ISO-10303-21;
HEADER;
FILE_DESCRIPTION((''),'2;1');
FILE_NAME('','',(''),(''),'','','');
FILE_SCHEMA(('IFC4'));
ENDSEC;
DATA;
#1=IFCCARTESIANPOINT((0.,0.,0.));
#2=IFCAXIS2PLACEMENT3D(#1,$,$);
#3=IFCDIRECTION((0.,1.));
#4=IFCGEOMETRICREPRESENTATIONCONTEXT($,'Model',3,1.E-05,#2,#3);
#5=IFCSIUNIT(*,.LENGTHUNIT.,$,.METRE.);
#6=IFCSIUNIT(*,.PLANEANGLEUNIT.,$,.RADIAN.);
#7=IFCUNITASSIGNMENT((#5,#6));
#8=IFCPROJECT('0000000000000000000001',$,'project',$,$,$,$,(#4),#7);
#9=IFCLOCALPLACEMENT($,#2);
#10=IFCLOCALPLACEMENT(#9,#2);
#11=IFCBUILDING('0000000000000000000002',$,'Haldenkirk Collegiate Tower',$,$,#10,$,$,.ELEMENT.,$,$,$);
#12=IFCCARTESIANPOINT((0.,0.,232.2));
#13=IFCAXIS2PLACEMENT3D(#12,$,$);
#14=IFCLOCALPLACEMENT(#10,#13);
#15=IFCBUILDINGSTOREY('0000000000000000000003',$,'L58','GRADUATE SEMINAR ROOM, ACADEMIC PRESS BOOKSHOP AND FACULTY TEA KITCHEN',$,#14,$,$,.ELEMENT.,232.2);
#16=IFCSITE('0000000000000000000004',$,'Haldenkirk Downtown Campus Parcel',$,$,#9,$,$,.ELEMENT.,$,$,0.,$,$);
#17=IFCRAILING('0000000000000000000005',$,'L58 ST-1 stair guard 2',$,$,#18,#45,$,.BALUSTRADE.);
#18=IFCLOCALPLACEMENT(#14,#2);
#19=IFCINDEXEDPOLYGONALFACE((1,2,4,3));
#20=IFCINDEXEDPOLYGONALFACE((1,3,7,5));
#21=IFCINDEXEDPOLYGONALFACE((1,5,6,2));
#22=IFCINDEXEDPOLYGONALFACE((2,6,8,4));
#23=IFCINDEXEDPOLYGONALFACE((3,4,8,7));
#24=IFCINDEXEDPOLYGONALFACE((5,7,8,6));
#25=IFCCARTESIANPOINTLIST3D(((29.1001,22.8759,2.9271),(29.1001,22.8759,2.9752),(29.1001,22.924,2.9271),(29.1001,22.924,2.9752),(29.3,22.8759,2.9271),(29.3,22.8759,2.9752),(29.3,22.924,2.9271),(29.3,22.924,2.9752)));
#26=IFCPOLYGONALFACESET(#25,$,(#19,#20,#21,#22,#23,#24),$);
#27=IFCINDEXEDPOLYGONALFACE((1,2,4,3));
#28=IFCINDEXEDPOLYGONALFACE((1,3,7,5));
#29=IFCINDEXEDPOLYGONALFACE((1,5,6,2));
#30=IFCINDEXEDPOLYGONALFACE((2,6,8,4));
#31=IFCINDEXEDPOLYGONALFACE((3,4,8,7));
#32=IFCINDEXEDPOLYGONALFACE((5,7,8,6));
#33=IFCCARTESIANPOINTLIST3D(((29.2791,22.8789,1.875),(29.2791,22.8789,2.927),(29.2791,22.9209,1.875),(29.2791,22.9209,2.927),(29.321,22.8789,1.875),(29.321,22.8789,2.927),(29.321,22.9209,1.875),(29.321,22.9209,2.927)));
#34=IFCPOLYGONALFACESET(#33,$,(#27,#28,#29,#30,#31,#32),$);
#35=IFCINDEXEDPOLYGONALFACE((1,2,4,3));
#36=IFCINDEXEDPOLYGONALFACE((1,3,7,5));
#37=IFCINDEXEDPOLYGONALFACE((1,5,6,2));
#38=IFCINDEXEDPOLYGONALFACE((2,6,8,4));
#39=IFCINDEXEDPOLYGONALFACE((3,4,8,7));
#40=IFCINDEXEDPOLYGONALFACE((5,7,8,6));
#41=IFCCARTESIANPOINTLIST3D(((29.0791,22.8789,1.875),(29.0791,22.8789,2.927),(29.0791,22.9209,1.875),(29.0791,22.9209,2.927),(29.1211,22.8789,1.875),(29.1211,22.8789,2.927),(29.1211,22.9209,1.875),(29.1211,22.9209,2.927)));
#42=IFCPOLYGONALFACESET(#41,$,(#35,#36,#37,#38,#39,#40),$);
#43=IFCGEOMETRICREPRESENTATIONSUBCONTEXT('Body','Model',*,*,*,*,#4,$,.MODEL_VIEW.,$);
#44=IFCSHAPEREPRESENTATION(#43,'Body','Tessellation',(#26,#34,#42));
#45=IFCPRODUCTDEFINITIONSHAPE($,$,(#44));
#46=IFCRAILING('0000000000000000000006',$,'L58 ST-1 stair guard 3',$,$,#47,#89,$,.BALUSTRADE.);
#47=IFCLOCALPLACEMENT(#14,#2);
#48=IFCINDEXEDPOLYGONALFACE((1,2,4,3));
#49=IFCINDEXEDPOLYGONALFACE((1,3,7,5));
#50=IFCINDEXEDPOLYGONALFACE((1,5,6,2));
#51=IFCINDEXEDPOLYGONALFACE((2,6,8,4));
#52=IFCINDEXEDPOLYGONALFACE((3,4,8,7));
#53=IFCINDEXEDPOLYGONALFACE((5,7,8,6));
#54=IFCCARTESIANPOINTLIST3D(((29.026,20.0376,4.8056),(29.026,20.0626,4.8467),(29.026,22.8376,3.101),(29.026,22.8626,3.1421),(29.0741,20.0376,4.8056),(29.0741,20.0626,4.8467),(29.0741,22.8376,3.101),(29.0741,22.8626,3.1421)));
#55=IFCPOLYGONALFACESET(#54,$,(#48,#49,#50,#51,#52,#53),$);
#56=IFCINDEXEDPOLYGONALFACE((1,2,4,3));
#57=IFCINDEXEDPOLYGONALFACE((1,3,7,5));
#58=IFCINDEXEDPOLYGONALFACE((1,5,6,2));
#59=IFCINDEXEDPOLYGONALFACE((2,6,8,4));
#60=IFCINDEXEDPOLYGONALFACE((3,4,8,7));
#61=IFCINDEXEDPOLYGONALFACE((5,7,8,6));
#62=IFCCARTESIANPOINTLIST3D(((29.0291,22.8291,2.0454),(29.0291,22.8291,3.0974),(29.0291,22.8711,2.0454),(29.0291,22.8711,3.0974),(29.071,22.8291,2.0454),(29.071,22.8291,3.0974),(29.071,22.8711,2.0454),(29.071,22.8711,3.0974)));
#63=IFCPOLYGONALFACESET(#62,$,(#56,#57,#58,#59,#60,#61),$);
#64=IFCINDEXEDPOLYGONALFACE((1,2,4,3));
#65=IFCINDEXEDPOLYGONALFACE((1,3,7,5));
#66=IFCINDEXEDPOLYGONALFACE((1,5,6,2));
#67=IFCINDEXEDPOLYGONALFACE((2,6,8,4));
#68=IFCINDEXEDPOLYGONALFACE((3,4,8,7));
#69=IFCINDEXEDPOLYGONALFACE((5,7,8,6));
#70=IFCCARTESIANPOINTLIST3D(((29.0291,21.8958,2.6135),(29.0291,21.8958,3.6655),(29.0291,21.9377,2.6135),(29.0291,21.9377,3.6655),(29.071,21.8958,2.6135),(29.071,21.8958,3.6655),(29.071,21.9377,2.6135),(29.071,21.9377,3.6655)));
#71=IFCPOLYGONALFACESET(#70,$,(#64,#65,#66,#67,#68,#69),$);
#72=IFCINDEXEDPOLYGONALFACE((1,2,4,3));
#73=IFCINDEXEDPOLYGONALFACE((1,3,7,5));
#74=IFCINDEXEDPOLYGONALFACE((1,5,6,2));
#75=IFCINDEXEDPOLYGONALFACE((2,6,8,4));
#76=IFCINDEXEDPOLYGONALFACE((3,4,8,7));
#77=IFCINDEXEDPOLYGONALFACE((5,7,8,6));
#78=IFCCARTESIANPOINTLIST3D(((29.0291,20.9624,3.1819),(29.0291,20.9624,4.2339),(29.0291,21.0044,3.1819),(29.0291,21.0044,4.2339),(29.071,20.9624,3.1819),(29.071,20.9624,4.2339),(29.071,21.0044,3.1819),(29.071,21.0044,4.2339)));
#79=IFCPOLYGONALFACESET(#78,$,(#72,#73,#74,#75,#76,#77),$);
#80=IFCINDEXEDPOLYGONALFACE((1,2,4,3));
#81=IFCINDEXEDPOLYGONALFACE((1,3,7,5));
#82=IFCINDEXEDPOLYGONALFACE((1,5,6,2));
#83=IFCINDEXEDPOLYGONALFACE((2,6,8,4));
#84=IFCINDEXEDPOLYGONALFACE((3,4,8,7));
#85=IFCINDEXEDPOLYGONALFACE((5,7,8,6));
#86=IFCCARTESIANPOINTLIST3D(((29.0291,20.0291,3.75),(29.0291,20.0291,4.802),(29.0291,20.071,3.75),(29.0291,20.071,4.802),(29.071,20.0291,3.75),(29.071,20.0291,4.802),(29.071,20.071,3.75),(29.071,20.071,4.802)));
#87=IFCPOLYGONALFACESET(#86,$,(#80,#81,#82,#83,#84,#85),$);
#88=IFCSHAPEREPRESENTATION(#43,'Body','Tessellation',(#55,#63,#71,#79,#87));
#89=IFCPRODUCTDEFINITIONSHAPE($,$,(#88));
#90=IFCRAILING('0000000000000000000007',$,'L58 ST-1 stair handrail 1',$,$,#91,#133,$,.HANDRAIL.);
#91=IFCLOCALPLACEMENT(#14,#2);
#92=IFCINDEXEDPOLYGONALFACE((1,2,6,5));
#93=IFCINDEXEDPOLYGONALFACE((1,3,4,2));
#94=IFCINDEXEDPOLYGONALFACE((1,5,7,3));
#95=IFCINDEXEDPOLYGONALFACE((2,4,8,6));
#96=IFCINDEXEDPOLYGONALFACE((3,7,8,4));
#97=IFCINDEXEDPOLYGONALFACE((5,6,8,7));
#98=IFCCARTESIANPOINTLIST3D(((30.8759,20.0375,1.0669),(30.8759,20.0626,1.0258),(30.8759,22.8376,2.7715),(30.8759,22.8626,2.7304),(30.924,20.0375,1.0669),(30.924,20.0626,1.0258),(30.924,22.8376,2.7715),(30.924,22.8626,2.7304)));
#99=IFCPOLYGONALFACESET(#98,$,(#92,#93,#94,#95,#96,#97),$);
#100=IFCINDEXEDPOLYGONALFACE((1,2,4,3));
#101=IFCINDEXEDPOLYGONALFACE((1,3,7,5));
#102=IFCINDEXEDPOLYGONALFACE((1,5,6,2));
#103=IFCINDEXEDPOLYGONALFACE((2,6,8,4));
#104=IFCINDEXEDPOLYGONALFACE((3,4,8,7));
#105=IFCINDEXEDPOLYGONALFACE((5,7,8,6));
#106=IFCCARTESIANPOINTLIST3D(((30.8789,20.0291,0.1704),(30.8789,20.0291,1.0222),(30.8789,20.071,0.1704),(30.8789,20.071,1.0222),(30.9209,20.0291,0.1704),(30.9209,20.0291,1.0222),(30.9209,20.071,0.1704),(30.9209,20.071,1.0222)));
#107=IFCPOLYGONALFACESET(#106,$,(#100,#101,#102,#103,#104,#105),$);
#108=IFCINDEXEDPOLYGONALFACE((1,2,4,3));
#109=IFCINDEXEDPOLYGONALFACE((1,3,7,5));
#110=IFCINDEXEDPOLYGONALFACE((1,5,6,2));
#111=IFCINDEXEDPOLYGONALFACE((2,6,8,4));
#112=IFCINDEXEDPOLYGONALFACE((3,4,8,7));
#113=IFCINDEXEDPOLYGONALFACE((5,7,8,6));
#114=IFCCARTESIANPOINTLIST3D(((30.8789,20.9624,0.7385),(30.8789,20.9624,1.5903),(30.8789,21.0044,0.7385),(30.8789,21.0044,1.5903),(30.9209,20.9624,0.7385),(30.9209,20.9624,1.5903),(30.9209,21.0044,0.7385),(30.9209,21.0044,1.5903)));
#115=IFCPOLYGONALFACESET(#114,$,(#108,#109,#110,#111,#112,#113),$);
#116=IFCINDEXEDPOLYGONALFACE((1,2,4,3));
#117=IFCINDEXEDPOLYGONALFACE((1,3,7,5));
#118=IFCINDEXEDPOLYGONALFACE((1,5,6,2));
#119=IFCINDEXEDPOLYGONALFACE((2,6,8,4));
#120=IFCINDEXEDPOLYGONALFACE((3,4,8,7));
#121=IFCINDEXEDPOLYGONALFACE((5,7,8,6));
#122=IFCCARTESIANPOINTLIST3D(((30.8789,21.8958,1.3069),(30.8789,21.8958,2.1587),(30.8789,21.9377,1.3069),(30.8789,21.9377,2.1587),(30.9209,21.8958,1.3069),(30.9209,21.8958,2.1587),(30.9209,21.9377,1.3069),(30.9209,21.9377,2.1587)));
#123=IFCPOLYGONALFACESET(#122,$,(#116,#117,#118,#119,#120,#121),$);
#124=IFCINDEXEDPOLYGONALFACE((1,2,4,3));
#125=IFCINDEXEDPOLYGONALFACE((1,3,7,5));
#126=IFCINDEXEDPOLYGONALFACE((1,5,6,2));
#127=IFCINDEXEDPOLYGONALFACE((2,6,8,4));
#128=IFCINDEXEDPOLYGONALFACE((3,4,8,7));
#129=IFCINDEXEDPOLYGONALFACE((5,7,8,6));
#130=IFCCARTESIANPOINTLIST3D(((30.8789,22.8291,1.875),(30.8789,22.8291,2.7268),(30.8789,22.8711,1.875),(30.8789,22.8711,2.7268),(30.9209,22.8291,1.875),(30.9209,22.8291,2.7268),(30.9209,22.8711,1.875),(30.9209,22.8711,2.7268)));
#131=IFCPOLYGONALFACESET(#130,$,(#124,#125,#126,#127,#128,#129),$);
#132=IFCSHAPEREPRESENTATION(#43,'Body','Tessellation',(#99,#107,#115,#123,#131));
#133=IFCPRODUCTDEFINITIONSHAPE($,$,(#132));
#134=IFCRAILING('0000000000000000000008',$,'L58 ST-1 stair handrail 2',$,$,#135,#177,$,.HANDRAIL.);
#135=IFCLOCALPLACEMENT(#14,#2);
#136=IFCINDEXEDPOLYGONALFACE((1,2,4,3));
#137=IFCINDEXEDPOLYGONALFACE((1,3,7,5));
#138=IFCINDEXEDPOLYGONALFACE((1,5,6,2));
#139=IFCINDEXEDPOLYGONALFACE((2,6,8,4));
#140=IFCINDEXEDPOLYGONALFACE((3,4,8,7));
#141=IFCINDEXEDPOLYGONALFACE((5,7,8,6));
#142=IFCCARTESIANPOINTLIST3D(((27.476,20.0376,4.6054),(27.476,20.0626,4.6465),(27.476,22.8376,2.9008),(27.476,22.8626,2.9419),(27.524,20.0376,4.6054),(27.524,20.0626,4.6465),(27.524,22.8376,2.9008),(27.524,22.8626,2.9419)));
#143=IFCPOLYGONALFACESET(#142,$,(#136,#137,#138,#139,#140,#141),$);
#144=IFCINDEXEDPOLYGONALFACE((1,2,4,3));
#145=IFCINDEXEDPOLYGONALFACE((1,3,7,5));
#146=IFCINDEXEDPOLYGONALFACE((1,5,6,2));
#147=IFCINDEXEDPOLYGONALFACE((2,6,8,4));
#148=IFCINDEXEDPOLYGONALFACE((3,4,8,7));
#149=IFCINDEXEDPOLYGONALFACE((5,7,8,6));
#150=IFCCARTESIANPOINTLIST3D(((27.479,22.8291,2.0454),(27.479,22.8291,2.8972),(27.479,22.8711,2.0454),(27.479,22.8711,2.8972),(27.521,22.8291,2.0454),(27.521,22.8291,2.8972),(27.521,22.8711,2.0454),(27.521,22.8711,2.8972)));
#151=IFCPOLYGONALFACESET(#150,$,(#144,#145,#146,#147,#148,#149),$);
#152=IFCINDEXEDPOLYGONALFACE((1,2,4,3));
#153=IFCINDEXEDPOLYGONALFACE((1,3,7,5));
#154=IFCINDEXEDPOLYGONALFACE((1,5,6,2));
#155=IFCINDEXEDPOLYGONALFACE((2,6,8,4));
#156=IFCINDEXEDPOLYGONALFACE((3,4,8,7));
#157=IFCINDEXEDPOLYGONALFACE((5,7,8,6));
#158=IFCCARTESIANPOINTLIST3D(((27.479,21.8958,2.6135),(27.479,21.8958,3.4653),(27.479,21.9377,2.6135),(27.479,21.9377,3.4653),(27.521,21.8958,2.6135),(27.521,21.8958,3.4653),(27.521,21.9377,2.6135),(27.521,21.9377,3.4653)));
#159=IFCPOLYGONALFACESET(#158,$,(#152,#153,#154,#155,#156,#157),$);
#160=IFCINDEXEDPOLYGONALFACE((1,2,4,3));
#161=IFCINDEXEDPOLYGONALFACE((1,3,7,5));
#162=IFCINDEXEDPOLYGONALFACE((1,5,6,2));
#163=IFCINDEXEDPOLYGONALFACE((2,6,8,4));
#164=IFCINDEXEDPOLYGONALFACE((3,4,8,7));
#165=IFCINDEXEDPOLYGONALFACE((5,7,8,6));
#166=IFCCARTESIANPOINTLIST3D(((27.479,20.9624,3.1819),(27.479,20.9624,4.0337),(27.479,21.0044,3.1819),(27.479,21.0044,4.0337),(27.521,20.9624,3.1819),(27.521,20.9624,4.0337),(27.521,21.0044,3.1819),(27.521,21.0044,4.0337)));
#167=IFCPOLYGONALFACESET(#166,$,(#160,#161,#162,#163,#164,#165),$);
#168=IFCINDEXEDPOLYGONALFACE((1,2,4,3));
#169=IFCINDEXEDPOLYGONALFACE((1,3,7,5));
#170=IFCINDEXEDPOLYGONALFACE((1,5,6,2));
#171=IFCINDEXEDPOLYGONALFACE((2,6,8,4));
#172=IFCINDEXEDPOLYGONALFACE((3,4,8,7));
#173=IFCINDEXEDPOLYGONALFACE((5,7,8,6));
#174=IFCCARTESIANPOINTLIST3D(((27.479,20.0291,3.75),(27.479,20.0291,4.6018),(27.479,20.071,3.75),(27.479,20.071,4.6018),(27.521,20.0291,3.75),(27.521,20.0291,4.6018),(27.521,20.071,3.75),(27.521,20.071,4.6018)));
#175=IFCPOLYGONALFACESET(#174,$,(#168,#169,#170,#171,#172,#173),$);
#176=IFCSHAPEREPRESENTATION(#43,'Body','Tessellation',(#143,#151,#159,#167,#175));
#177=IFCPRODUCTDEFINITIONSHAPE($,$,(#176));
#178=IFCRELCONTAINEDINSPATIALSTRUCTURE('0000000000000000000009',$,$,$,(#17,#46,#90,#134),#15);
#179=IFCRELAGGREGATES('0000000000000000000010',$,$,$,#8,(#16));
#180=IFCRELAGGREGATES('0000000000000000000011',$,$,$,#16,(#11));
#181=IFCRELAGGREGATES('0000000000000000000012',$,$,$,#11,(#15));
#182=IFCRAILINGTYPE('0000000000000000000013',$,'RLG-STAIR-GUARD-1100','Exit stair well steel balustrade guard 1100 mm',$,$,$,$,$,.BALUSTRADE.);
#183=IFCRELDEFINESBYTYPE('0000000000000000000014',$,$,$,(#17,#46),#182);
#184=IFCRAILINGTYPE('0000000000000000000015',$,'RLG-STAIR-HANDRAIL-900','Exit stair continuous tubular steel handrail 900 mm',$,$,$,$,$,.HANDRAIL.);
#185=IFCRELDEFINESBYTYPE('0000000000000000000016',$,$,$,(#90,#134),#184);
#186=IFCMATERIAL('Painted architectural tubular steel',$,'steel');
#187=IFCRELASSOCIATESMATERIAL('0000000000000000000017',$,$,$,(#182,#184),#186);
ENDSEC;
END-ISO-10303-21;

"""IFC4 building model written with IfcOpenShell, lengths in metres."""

from ifc_helpers import new_model, si_unit, direction, frame, origin, origin_2d, place, context, subcontext, project, spatial, rectangle, extrude, material, type_object, element, save


model = new_model("IFC4")

# Units and contexts
model_context = context("Model", 3, precision=1e-05, world=origin(), true_north=direction((0.0, 1.0)))
body_context = subcontext(model_context, "Body", "Model", "MODEL_VIEW")
ifc_project = project(units=[si_unit("LENGTHUNIT", "METRE"), si_unit("PLANEANGLEUNIT", "RADIAN")], contexts=[model_context])

# Site, building, storey
site_placement = place(None, origin())
site = spatial("IfcSite", under=ifc_project, at=site_placement, Name="Haldenkirk Downtown Campus Parcel", CompositionType="ELEMENT", RefElevation=0.0)
building_placement = place(site_placement, origin())
building = spatial("IfcBuilding", under=site, at=building_placement, Name="Haldenkirk Collegiate Tower", CompositionType="ELEMENT")
storey_placement = place(building_placement, frame((0.0, 0.0, 232.2)))
storey = spatial("IfcBuildingStorey", under=building, at=storey_placement, Name="L58", Description="GRADUATE SEMINAR ROOM, ACADEMIC PRESS BOOKSHOP AND FACULTY TEA KITCHEN", CompositionType="ELEMENT", Elevation=232.2)

# Railings
ifc_material_1 = material(Name="Painted architectural tubular steel", Category="steel")
railing_type_1 = type_object("IfcRailingType", Name="RLG-STAIR-GUARD-1100", Description="Exit stair well steel balustrade guard 1100 mm", PredefinedType="BALUSTRADE", material=ifc_material_1)
railing_1_placement = place(storey_placement, frame((29.3, 22.8999, 1.875)))
element("IfcRailing", 1, at=railing_1_placement, inside=storey, type_object=railing_type_1, Name="L58 ST-1 stair guard 2", PredefinedType="BALUSTRADE", context=body_context, shape_type="SweptSolid", body=[
    extrude(rectangle(XDim=0.0481, YDim=0.0481, at=origin_2d()), frame((0.0, 0.0, 1.0762), z_axis=(-1.0, 0.0, 0.0), x_axis=(0.0, -1.0, 0.0)), (0.0, 0.0, 1.0), 0.2),
    extrude(rectangle(XDim=0.042, YDim=0.042, at=origin_2d()), origin(), (0.0, 0.0, 1.0), 1.052),
    extrude(rectangle(XDim=0.042, YDim=0.042, at=origin_2d()), frame((-0.2, 0.0, 0.0)), (0.0, 0.0, 1.0), 1.052),
])
railing_2_placement = place(storey_placement, frame((29.05, 22.8501, 2.0454)))
element("IfcRailing", 2, at=railing_2_placement, inside=storey, type_object=railing_type_1, Name="L58 ST-1 stair guard 3", PredefinedType="BALUSTRADE", context=body_context, shape_type="SweptSolid", body=[
    extrude(rectangle(XDim=0.0481, YDim=0.0481, at=origin_2d()), frame((0.0, 0.0, 1.0762), z_axis=(0.0, -0.85417, 0.519994), x_axis=(1.0, 0.0, 0.0)), (0.0, 0.0, 1.0), 3.2781),
    extrude(rectangle(XDim=0.042, YDim=0.042, at=origin_2d()), origin(), (0.0, 0.0, 1.0), 1.052),
    extrude(rectangle(XDim=0.042, YDim=0.042, at=origin_2d()), frame((0.0, -0.9333, 0.5681)), (0.0, 0.0, 1.0), 1.052),
    extrude(rectangle(XDim=0.042, YDim=0.042, at=origin_2d()), frame((0.0, -1.8667, 1.1365)), (0.0, 0.0, 1.0), 1.052),
    extrude(rectangle(XDim=0.042, YDim=0.042, at=origin_2d()), frame((0.0, -2.8, 1.7046)), (0.0, 0.0, 1.0), 1.052),
])
railing_type_2 = type_object("IfcRailingType", Name="RLG-STAIR-HANDRAIL-900", Description="Exit stair continuous tubular steel handrail 900 mm", PredefinedType="HANDRAIL", material=ifc_material_1)
railing_3_placement = place(storey_placement, frame((30.8999, 20.05, 0.1704)))
element("IfcRailing", 3, at=railing_3_placement, inside=storey, type_object=railing_type_2, Name="L58 ST-1 stair handrail 1", PredefinedType="HANDRAIL", context=body_context, shape_type="SweptSolid", body=[
    extrude(rectangle(XDim=0.0481, YDim=0.0481, at=origin_2d()), frame((0.0, 0.0, 0.876), z_axis=(0.0, 0.85417, 0.519994), x_axis=(-1.0, 0.0, 0.0)), (0.0, 0.0, 1.0), 3.2781),
    extrude(rectangle(XDim=0.042, YDim=0.042, at=origin_2d()), origin(), (0.0, 0.0, 1.0), 0.8518),
    extrude(rectangle(XDim=0.042, YDim=0.042, at=origin_2d()), frame((0.0, 0.9333, 0.5681)), (0.0, 0.0, 1.0), 0.8518),
    extrude(rectangle(XDim=0.042, YDim=0.042, at=origin_2d()), frame((0.0, 1.8667, 1.1365)), (0.0, 0.0, 1.0), 0.8518),
    extrude(rectangle(XDim=0.042, YDim=0.042, at=origin_2d()), frame((0.0, 2.8, 1.7046)), (0.0, 0.0, 1.0), 0.8518),
])
railing_4_placement = place(storey_placement, frame((27.5, 22.8501, 2.0454)))
element("IfcRailing", 4, at=railing_4_placement, inside=storey, type_object=railing_type_2, Name="L58 ST-1 stair handrail 2", PredefinedType="HANDRAIL", context=body_context, shape_type="SweptSolid", body=[
    extrude(rectangle(XDim=0.0481, YDim=0.0481, at=origin_2d()), frame((0.0, 0.0, 0.876), z_axis=(0.0, -0.85417, 0.519994), x_axis=(1.0, 0.0, 0.0)), (0.0, 0.0, 1.0), 3.2781),
    extrude(rectangle(XDim=0.042, YDim=0.042, at=origin_2d()), origin(), (0.0, 0.0, 1.0), 0.8518),
    extrude(rectangle(XDim=0.042, YDim=0.042, at=origin_2d()), frame((0.0, -0.9333, 0.5681)), (0.0, 0.0, 1.0), 0.8518),
    extrude(rectangle(XDim=0.042, YDim=0.042, at=origin_2d()), frame((0.0, -1.8667, 1.1365)), (0.0, 0.0, 1.0), 0.8518),
    extrude(rectangle(XDim=0.042, YDim=0.042, at=origin_2d()), frame((0.0, -2.8, 1.7046)), (0.0, 0.0, 1.0), 0.8518),
])

save(model, "model.ifc")
